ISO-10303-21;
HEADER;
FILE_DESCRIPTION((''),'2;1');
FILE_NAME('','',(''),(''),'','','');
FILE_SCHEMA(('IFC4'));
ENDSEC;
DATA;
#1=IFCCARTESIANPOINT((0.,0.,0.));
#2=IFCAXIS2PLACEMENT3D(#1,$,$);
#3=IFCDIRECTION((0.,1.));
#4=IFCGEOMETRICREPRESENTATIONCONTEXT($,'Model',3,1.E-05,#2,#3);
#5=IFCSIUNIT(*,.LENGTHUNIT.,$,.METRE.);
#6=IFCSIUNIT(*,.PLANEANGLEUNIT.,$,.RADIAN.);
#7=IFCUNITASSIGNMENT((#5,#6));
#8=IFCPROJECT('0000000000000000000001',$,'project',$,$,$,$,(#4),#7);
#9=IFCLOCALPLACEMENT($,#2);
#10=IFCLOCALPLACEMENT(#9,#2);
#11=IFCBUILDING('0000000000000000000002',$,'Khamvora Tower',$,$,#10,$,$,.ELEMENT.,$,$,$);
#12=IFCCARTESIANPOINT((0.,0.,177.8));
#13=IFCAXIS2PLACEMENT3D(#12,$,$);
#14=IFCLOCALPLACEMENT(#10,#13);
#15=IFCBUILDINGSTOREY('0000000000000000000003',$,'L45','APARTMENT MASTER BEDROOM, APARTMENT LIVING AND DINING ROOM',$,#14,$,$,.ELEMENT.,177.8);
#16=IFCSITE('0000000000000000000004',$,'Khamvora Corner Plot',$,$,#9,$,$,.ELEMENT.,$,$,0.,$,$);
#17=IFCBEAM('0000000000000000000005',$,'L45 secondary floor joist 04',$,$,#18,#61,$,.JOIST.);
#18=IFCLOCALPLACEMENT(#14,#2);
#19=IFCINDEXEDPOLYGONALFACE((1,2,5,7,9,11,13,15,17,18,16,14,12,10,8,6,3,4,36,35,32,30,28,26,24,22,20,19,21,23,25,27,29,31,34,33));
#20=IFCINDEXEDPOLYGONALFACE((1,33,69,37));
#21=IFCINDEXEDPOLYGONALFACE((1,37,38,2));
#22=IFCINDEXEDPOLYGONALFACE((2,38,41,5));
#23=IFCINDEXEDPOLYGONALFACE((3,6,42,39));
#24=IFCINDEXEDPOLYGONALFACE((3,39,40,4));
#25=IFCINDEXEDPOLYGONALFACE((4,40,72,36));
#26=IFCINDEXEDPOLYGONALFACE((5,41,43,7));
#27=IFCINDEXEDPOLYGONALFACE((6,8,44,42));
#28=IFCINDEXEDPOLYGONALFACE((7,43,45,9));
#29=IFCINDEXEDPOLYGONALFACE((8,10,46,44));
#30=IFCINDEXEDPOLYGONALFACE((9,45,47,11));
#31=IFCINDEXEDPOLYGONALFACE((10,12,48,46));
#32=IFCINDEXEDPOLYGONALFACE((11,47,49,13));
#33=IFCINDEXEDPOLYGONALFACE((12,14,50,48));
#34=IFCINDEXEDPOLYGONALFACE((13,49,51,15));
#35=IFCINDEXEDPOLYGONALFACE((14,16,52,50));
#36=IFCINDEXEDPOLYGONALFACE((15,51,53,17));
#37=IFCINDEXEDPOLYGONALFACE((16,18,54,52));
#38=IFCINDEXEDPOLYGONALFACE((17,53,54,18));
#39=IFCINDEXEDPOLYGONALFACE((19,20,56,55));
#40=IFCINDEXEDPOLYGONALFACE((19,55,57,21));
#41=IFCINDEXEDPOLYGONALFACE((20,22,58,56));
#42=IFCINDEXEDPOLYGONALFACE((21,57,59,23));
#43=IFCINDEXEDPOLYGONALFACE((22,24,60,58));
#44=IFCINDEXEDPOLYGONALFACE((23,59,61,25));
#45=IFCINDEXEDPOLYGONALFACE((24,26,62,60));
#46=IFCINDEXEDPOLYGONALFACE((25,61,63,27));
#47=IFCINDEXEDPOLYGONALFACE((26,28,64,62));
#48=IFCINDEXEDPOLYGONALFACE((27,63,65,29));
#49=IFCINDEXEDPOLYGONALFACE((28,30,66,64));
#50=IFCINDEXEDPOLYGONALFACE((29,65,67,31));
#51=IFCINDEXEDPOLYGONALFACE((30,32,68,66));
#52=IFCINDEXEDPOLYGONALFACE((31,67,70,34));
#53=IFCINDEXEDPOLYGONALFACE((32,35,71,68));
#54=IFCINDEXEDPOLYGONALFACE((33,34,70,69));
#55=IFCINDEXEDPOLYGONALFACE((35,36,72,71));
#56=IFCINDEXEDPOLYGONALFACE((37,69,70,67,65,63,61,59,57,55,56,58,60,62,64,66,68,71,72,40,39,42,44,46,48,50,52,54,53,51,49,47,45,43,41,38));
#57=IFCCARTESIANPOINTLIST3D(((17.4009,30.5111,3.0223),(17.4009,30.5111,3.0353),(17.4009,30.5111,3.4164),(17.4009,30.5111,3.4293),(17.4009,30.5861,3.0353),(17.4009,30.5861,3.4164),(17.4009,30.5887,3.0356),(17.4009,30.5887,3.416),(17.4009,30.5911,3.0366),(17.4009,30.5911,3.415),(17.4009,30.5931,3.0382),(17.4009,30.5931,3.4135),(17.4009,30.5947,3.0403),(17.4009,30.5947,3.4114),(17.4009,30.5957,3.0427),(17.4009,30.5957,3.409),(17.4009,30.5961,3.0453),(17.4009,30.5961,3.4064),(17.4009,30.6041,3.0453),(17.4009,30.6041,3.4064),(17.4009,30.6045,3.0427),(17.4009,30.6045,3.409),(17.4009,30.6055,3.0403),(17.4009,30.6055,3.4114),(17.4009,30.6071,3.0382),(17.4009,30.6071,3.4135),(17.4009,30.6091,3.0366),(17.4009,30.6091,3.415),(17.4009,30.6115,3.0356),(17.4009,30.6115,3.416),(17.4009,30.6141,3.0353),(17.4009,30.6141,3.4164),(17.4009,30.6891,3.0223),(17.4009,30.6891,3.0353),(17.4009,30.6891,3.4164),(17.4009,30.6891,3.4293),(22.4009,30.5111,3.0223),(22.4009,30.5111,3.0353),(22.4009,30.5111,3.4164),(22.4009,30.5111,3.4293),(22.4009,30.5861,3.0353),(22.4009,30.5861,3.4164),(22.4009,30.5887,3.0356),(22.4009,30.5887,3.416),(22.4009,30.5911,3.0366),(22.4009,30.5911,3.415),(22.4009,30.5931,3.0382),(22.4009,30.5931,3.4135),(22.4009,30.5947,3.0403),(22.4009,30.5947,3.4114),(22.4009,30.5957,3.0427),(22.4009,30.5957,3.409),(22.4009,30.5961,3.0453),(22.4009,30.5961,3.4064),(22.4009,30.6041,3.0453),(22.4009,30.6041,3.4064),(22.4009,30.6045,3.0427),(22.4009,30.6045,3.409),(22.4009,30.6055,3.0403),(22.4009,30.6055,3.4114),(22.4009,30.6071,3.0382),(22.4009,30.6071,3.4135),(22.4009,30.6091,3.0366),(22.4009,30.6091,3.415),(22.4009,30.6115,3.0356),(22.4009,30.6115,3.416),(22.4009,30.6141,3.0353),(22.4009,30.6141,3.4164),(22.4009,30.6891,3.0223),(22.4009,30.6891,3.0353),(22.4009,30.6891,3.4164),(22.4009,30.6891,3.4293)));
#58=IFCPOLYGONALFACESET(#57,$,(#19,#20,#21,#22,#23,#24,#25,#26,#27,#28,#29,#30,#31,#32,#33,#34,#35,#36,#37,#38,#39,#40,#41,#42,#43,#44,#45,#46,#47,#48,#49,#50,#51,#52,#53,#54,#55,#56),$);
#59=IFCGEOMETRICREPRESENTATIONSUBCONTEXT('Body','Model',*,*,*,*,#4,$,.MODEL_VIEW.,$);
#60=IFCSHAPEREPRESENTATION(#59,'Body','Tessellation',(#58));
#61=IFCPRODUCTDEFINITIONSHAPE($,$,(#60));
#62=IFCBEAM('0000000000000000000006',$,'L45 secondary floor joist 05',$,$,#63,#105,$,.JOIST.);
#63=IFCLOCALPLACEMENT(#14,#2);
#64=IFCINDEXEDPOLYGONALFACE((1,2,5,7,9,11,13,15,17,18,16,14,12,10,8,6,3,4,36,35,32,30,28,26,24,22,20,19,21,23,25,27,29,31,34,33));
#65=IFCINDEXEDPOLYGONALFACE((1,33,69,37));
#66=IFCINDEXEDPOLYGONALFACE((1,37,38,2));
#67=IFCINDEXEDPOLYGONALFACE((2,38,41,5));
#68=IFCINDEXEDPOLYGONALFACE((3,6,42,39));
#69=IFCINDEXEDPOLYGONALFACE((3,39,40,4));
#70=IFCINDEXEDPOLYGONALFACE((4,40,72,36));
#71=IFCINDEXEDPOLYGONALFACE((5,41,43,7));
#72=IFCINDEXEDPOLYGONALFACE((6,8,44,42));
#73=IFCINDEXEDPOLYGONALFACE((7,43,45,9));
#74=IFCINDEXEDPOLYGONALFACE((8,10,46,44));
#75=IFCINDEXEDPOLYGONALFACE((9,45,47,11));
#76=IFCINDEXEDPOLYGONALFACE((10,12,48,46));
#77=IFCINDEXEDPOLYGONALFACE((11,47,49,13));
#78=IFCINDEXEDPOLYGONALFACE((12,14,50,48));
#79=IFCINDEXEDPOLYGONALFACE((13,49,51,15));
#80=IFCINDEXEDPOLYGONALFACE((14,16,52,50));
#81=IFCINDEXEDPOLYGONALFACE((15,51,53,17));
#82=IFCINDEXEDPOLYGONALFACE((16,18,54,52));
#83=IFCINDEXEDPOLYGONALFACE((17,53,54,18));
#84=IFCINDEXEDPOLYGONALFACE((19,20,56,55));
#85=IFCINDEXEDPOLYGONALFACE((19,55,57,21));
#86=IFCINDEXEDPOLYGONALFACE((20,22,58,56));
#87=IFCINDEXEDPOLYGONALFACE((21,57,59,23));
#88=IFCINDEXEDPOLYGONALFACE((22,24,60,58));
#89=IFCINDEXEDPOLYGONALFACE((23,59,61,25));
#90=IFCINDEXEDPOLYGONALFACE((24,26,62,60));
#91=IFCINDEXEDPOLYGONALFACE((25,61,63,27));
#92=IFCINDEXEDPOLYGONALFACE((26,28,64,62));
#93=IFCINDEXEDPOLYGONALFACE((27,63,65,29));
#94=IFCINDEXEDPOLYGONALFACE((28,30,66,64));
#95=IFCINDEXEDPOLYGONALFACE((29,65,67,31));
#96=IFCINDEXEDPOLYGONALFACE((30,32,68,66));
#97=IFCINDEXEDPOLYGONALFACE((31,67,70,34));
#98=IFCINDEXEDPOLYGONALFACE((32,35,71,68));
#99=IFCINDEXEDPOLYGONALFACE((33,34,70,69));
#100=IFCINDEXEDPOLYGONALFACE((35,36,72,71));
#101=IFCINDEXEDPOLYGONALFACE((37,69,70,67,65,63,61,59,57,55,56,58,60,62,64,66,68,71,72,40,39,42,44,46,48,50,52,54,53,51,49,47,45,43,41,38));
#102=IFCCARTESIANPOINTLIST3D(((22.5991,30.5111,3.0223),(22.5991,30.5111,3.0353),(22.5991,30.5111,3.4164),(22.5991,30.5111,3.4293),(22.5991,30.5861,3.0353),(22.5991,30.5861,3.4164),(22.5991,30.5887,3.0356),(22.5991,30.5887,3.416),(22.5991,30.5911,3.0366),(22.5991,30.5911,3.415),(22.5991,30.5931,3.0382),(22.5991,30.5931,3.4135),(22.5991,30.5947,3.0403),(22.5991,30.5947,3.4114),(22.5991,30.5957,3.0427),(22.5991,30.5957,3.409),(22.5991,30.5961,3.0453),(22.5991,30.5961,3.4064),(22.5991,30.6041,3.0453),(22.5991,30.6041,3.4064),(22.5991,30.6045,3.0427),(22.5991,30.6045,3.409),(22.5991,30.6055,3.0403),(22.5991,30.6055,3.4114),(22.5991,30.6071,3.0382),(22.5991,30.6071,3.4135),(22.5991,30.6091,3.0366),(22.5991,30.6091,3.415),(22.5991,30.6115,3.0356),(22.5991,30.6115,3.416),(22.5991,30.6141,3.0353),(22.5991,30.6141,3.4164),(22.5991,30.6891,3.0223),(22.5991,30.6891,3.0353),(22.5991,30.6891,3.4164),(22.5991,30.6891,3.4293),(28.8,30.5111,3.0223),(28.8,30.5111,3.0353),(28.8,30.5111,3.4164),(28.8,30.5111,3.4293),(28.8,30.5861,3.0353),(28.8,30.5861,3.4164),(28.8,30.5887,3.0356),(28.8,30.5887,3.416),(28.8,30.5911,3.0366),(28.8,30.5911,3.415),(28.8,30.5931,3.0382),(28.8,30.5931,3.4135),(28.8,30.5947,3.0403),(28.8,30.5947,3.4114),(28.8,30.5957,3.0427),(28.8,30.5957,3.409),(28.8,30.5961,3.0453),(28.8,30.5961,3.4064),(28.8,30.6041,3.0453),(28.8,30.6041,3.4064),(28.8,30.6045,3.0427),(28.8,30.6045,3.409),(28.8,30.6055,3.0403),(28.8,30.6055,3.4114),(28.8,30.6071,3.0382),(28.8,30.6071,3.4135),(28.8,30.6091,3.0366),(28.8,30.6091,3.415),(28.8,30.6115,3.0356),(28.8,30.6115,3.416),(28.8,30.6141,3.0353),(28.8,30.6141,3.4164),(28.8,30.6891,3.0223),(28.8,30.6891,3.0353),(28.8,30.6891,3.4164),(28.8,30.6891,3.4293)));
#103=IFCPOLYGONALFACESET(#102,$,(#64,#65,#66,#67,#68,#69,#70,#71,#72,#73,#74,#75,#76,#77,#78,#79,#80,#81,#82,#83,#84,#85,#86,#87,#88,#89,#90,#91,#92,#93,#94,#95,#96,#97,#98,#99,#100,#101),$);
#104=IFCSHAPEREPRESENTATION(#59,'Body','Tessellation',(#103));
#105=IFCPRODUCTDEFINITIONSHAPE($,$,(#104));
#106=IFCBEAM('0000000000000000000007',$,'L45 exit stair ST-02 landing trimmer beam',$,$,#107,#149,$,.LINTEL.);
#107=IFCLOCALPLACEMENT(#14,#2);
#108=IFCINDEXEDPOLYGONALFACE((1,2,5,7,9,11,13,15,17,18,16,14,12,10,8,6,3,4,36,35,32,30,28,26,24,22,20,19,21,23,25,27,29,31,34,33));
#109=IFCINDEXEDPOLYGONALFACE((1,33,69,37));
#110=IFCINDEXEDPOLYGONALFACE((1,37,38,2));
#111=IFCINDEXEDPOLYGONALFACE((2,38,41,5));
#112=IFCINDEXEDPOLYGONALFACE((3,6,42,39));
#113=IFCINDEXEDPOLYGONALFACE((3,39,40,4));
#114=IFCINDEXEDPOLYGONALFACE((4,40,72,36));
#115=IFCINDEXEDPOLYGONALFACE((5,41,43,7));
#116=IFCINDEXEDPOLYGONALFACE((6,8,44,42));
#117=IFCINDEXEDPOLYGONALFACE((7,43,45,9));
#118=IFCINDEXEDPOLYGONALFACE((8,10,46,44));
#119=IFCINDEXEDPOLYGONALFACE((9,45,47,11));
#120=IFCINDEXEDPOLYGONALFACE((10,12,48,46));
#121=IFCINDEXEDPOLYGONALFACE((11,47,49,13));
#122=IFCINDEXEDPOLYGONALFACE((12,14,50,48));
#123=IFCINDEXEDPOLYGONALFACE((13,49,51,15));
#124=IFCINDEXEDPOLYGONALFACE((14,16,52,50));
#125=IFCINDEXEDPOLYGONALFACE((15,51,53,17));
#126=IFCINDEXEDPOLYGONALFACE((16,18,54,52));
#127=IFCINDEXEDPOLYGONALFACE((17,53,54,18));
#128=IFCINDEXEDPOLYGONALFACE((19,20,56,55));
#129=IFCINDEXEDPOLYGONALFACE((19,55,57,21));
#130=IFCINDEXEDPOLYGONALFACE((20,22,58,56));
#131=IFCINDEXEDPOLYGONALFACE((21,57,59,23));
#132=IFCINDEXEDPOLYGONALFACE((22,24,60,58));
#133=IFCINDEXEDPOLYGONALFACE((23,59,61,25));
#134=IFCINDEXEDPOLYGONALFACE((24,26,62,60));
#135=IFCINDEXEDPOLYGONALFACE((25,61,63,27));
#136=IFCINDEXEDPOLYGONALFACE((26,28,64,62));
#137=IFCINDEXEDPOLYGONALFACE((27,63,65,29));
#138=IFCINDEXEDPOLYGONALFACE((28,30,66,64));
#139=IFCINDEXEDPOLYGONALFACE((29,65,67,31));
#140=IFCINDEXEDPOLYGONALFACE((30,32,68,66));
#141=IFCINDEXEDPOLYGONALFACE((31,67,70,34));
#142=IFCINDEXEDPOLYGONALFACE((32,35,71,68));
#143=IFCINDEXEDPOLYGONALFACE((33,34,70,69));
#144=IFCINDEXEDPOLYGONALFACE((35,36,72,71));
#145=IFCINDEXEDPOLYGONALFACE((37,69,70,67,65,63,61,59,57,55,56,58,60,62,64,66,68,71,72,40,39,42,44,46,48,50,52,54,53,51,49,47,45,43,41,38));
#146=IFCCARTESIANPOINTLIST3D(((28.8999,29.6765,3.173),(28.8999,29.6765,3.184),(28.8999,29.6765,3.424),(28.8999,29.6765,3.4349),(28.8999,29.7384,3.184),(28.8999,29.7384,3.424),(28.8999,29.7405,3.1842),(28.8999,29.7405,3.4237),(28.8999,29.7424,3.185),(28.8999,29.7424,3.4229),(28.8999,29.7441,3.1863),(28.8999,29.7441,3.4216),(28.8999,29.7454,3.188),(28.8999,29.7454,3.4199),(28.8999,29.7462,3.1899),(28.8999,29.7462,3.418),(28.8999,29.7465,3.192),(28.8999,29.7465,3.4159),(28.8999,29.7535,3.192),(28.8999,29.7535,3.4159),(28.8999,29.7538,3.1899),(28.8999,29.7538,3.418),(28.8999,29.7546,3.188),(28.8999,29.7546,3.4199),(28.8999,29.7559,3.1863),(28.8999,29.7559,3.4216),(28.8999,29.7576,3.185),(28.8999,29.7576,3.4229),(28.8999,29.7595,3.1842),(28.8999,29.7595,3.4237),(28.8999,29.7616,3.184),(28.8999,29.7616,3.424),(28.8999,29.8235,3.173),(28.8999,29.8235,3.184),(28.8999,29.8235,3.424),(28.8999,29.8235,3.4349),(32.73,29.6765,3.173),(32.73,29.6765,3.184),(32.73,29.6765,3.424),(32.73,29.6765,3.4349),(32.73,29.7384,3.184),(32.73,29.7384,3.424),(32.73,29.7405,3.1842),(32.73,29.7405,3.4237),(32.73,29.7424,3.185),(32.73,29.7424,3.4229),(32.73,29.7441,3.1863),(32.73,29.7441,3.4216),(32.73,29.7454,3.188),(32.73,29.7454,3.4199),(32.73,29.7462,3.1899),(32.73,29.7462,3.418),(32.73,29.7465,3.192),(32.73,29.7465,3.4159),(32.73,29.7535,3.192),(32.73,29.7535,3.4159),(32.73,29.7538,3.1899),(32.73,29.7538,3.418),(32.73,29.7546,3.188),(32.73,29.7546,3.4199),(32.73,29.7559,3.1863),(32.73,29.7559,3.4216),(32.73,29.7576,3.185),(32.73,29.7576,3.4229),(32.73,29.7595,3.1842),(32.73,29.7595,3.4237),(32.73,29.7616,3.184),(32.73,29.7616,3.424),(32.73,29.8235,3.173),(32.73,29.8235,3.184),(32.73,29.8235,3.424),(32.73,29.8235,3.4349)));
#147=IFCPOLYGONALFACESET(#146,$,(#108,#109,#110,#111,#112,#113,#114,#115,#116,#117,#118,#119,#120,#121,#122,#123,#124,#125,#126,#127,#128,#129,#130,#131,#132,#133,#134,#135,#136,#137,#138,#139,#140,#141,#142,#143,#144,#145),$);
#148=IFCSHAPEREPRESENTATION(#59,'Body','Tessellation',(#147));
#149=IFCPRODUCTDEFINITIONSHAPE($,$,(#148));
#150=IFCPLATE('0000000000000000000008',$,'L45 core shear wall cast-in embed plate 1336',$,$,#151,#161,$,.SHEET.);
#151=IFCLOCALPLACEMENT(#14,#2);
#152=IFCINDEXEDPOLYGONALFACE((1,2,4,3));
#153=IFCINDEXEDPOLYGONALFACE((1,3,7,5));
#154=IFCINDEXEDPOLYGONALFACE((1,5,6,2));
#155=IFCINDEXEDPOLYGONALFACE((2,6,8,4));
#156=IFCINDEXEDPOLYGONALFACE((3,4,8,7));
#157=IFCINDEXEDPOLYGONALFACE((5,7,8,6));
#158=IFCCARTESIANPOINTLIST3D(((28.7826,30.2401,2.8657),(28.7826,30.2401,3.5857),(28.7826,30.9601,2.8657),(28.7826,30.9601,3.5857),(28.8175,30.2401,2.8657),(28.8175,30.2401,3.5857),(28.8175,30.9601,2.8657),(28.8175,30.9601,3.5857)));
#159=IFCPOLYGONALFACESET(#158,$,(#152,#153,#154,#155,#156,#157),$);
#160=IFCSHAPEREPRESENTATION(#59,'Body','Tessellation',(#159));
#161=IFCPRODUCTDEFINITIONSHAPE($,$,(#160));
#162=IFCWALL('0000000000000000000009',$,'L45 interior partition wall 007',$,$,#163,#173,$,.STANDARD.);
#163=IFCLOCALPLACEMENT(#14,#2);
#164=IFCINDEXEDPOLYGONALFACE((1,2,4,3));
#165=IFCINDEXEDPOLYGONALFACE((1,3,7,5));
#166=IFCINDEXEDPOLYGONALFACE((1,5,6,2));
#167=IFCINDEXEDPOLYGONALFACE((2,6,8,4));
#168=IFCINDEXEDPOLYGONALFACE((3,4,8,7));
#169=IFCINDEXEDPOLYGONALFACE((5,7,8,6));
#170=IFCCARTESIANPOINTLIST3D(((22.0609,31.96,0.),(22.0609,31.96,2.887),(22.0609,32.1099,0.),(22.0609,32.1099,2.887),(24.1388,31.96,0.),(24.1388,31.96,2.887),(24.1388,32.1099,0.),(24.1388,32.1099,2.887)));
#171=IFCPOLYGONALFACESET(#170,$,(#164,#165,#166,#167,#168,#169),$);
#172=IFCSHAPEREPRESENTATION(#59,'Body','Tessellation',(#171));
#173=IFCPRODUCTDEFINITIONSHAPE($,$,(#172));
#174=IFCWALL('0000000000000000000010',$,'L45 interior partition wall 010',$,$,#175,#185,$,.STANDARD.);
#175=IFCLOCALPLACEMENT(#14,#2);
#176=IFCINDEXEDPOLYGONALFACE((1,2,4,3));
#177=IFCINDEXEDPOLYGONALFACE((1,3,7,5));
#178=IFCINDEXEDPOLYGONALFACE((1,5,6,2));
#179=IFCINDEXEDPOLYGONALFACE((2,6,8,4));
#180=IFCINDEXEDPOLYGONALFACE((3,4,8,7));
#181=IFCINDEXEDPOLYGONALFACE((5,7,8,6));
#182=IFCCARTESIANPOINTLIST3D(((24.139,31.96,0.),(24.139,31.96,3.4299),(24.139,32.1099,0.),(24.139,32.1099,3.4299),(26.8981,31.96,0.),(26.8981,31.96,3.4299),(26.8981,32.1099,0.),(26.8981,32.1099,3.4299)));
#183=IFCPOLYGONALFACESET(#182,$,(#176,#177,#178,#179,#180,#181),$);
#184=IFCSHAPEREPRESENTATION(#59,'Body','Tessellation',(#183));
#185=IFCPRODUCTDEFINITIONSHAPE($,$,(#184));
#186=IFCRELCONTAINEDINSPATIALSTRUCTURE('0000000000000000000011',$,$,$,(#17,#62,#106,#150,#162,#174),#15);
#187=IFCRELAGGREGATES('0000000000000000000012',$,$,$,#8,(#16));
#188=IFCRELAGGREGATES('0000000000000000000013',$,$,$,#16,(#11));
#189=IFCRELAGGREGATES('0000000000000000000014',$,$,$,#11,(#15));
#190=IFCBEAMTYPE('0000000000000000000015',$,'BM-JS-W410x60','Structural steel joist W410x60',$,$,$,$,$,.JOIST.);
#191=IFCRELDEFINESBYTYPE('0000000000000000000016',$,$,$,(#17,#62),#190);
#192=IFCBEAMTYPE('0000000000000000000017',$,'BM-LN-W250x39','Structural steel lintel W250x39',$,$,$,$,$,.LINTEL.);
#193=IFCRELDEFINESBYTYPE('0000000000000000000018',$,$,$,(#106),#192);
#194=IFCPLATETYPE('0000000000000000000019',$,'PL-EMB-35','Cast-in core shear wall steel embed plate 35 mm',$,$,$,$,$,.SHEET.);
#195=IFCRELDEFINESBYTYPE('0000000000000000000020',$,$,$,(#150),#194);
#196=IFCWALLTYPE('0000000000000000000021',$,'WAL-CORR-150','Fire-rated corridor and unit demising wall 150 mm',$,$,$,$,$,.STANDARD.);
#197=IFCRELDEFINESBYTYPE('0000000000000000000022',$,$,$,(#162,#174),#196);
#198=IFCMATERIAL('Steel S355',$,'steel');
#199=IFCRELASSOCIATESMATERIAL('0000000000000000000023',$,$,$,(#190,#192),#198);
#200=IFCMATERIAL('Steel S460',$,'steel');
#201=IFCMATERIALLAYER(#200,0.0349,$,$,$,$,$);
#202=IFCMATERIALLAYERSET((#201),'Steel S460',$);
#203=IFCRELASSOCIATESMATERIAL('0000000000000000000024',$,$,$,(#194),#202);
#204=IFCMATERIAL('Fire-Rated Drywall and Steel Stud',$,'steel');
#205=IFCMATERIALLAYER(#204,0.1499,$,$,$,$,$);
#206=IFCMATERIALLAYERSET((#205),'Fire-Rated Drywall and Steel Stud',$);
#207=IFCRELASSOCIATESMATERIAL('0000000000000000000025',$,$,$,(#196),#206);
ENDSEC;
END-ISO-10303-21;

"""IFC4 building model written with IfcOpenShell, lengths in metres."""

from ifc_helpers import new_model, si_unit, direction, frame, frame_2d, origin, origin_2d, place, context, subcontext, project, spatial, rectangle, i_section, extrude, material, layer, layer_set, material_profile, profile_set, type_object, element, save


model = new_model("IFC4")

# Units and contexts
model_context = context("Model", 3, precision=1e-05, world=origin(), true_north=direction((0.0, 1.0)))
body_context = subcontext(model_context, "Body", "Model", "MODEL_VIEW")
ifc_project = project(units=[si_unit("LENGTHUNIT", "METRE"), si_unit("PLANEANGLEUNIT", "RADIAN")], contexts=[model_context])

# Site, building, storey
site_placement = place(None, origin())
site = spatial("IfcSite", under=ifc_project, at=site_placement, Name="Khamvora Corner Plot", CompositionType="ELEMENT", RefElevation=0.0)
building_placement = place(site_placement, origin())
building = spatial("IfcBuilding", under=site, at=building_placement, Name="Khamvora Tower", CompositionType="ELEMENT")
storey_placement = place(building_placement, frame((0.0, 0.0, 177.8)))
storey = spatial("IfcBuildingStorey", under=building, at=storey_placement, Name="L45", Description="APARTMENT MASTER BEDROOM, APARTMENT LIVING AND DINING ROOM", CompositionType="ELEMENT", Elevation=177.8)

# Beams
ifc_material_1 = material(Name="Steel S355", Category="steel")
ifc_material_profile_1 = material_profile(ifc_material_1, i_section(OverallWidth=0.178, OverallDepth=0.407, WebThickness=0.0081, FlangeThickness=0.0129, FilletRadius=0.01, at=origin_2d()), Name="W410x60")
ifc_profile_set_1 = profile_set([ifc_material_profile_1], Name="Steel S355")
beam_type_1 = type_object("IfcBeamType", Name="BM-JS-W410x60", Description="Structural steel joist W410x60", PredefinedType="JOIST", material=ifc_profile_set_1)
beam_1_placement = place(storey_placement, frame((17.4009, 30.6001, 3.2258), z_axis=(1.0, 0.0, 0.0), x_axis=(0.0, 1.0, 0.0)))
element("IfcBeam", 1, at=beam_1_placement, inside=storey, type_object=beam_type_1, Name="L45 secondary floor joist 04", PredefinedType="JOIST", context=body_context, shape_type="SweptSolid", body=[
    extrude(i_section(OverallWidth=0.178, OverallDepth=0.407, WebThickness=0.0081, FlangeThickness=0.0129, FilletRadius=0.01, at=origin_2d()), origin(), (0.0, 0.0, 1.0), 5.0),
])
beam_2_placement = place(storey_placement, frame((22.5991, 30.6001, 3.2258), z_axis=(1.0, 0.0, 0.0), x_axis=(0.0, 1.0, 0.0)))
element("IfcBeam", 2, at=beam_2_placement, inside=storey, type_object=beam_type_1, Name="L45 secondary floor joist 05", PredefinedType="JOIST", context=body_context, shape_type="SweptSolid", body=[
    extrude(i_section(OverallWidth=0.178, OverallDepth=0.407, WebThickness=0.0081, FlangeThickness=0.0129, FilletRadius=0.01, at=origin_2d()), origin(), (0.0, 0.0, 1.0), 6.2009),
])
ifc_material_profile_2 = material_profile(ifc_material_1, i_section(OverallWidth=0.147, OverallDepth=0.262, WebThickness=0.0071, FlangeThickness=0.011, FilletRadius=0.0081, at=origin_2d()), Name="W250x39")
ifc_profile_set_2 = profile_set([ifc_material_profile_2], Name="Steel S355")
beam_type_2 = type_object("IfcBeamType", Name="BM-LN-W250x39", Description="Structural steel lintel W250x39", PredefinedType="LINTEL", material=ifc_profile_set_2)
beam_3_placement = place(storey_placement, frame((28.8999, 29.75, 3.304), z_axis=(1.0, 0.0, 0.0), x_axis=(0.0, 1.0, 0.0)))
element("IfcBeam", 3, at=beam_3_placement, inside=storey, type_object=beam_type_2, Name="L45 exit stair ST-02 landing trimmer beam", PredefinedType="LINTEL", context=body_context, shape_type="SweptSolid", body=[
    extrude(i_section(OverallWidth=0.147, OverallDepth=0.262, WebThickness=0.0071, FlangeThickness=0.011, FilletRadius=0.0081, at=origin_2d()), origin(), (0.0, 0.0, 1.0), 3.8301),
])

# Plate
ifc_material_2 = material(Name="Steel S460", Category="steel")
ifc_layer_1 = layer(ifc_material_2, 0.0349)
ifc_layer_set_1 = layer_set([ifc_layer_1], Name="Steel S460")
plate_type = type_object("IfcPlateType", Name="PL-EMB-35", Description="Cast-in core shear wall steel embed plate 35 mm", PredefinedType="SHEET", material=ifc_layer_set_1)
plate_placement = place(storey_placement, frame((28.8, 30.6001, 2.8657), z_axis=(0.0, 0.0, 1.0), x_axis=(1.0, 0.0, 0.0)))
element("IfcPlate", 4, at=plate_placement, inside=storey, type_object=plate_type, Name="L45 core shear wall cast-in embed plate 1336", PredefinedType="SHEET", context=body_context, shape_type="SweptSolid", body=[
    extrude(rectangle(XDim=0.0349, YDim=0.72, at=origin_2d()), origin(), (0.0, 0.0, 1.0), 0.72),
])

# Walls
ifc_material_3 = material(Name="Fire-Rated Drywall and Steel Stud", Category="steel")
ifc_layer_2 = layer(ifc_material_3, 0.1499)
ifc_layer_set_2 = layer_set([ifc_layer_2], Name="Fire-Rated Drywall and Steel Stud")
wall_type_1 = type_object("IfcWallType", Name="WAL-CORR-150", Description="Fire-rated corridor and unit demising wall 150 mm", PredefinedType="STANDARD", material=ifc_layer_set_2)
wall_1_placement = place(storey_placement, frame((24.1389, 32.0349, 0.0), z_axis=(0.0, 0.0, 1.0), x_axis=(-1.0, 0.0, 0.0)))
element("IfcWall", 5, at=wall_1_placement, inside=storey, type_object=wall_type_1, Name="L45 interior partition wall 007", PredefinedType="STANDARD", context=body_context, shape_type="SweptSolid", body=[
    extrude(rectangle(XDim=2.0779, YDim=0.1499, at=frame_2d((1.0391, 0.0))), origin(), (0.0, 0.0, 1.0), 2.887),
])
wall_2_placement = place(storey_placement, frame((26.8979, 32.0349, 0.0), z_axis=(0.0, 0.0, 1.0), x_axis=(-1.0, 0.0, 0.0)))
element("IfcWall", 6, at=wall_2_placement, inside=storey, type_object=wall_type_1, Name="L45 interior partition wall 010", PredefinedType="STANDARD", context=body_context, shape_type="SweptSolid", body=[
    extrude(rectangle(XDim=2.759, YDim=0.1499, at=frame_2d((1.3794, 0.0))), origin(), (0.0, 0.0, 1.0), 3.4299),
])

save(model, "model.ifc")
